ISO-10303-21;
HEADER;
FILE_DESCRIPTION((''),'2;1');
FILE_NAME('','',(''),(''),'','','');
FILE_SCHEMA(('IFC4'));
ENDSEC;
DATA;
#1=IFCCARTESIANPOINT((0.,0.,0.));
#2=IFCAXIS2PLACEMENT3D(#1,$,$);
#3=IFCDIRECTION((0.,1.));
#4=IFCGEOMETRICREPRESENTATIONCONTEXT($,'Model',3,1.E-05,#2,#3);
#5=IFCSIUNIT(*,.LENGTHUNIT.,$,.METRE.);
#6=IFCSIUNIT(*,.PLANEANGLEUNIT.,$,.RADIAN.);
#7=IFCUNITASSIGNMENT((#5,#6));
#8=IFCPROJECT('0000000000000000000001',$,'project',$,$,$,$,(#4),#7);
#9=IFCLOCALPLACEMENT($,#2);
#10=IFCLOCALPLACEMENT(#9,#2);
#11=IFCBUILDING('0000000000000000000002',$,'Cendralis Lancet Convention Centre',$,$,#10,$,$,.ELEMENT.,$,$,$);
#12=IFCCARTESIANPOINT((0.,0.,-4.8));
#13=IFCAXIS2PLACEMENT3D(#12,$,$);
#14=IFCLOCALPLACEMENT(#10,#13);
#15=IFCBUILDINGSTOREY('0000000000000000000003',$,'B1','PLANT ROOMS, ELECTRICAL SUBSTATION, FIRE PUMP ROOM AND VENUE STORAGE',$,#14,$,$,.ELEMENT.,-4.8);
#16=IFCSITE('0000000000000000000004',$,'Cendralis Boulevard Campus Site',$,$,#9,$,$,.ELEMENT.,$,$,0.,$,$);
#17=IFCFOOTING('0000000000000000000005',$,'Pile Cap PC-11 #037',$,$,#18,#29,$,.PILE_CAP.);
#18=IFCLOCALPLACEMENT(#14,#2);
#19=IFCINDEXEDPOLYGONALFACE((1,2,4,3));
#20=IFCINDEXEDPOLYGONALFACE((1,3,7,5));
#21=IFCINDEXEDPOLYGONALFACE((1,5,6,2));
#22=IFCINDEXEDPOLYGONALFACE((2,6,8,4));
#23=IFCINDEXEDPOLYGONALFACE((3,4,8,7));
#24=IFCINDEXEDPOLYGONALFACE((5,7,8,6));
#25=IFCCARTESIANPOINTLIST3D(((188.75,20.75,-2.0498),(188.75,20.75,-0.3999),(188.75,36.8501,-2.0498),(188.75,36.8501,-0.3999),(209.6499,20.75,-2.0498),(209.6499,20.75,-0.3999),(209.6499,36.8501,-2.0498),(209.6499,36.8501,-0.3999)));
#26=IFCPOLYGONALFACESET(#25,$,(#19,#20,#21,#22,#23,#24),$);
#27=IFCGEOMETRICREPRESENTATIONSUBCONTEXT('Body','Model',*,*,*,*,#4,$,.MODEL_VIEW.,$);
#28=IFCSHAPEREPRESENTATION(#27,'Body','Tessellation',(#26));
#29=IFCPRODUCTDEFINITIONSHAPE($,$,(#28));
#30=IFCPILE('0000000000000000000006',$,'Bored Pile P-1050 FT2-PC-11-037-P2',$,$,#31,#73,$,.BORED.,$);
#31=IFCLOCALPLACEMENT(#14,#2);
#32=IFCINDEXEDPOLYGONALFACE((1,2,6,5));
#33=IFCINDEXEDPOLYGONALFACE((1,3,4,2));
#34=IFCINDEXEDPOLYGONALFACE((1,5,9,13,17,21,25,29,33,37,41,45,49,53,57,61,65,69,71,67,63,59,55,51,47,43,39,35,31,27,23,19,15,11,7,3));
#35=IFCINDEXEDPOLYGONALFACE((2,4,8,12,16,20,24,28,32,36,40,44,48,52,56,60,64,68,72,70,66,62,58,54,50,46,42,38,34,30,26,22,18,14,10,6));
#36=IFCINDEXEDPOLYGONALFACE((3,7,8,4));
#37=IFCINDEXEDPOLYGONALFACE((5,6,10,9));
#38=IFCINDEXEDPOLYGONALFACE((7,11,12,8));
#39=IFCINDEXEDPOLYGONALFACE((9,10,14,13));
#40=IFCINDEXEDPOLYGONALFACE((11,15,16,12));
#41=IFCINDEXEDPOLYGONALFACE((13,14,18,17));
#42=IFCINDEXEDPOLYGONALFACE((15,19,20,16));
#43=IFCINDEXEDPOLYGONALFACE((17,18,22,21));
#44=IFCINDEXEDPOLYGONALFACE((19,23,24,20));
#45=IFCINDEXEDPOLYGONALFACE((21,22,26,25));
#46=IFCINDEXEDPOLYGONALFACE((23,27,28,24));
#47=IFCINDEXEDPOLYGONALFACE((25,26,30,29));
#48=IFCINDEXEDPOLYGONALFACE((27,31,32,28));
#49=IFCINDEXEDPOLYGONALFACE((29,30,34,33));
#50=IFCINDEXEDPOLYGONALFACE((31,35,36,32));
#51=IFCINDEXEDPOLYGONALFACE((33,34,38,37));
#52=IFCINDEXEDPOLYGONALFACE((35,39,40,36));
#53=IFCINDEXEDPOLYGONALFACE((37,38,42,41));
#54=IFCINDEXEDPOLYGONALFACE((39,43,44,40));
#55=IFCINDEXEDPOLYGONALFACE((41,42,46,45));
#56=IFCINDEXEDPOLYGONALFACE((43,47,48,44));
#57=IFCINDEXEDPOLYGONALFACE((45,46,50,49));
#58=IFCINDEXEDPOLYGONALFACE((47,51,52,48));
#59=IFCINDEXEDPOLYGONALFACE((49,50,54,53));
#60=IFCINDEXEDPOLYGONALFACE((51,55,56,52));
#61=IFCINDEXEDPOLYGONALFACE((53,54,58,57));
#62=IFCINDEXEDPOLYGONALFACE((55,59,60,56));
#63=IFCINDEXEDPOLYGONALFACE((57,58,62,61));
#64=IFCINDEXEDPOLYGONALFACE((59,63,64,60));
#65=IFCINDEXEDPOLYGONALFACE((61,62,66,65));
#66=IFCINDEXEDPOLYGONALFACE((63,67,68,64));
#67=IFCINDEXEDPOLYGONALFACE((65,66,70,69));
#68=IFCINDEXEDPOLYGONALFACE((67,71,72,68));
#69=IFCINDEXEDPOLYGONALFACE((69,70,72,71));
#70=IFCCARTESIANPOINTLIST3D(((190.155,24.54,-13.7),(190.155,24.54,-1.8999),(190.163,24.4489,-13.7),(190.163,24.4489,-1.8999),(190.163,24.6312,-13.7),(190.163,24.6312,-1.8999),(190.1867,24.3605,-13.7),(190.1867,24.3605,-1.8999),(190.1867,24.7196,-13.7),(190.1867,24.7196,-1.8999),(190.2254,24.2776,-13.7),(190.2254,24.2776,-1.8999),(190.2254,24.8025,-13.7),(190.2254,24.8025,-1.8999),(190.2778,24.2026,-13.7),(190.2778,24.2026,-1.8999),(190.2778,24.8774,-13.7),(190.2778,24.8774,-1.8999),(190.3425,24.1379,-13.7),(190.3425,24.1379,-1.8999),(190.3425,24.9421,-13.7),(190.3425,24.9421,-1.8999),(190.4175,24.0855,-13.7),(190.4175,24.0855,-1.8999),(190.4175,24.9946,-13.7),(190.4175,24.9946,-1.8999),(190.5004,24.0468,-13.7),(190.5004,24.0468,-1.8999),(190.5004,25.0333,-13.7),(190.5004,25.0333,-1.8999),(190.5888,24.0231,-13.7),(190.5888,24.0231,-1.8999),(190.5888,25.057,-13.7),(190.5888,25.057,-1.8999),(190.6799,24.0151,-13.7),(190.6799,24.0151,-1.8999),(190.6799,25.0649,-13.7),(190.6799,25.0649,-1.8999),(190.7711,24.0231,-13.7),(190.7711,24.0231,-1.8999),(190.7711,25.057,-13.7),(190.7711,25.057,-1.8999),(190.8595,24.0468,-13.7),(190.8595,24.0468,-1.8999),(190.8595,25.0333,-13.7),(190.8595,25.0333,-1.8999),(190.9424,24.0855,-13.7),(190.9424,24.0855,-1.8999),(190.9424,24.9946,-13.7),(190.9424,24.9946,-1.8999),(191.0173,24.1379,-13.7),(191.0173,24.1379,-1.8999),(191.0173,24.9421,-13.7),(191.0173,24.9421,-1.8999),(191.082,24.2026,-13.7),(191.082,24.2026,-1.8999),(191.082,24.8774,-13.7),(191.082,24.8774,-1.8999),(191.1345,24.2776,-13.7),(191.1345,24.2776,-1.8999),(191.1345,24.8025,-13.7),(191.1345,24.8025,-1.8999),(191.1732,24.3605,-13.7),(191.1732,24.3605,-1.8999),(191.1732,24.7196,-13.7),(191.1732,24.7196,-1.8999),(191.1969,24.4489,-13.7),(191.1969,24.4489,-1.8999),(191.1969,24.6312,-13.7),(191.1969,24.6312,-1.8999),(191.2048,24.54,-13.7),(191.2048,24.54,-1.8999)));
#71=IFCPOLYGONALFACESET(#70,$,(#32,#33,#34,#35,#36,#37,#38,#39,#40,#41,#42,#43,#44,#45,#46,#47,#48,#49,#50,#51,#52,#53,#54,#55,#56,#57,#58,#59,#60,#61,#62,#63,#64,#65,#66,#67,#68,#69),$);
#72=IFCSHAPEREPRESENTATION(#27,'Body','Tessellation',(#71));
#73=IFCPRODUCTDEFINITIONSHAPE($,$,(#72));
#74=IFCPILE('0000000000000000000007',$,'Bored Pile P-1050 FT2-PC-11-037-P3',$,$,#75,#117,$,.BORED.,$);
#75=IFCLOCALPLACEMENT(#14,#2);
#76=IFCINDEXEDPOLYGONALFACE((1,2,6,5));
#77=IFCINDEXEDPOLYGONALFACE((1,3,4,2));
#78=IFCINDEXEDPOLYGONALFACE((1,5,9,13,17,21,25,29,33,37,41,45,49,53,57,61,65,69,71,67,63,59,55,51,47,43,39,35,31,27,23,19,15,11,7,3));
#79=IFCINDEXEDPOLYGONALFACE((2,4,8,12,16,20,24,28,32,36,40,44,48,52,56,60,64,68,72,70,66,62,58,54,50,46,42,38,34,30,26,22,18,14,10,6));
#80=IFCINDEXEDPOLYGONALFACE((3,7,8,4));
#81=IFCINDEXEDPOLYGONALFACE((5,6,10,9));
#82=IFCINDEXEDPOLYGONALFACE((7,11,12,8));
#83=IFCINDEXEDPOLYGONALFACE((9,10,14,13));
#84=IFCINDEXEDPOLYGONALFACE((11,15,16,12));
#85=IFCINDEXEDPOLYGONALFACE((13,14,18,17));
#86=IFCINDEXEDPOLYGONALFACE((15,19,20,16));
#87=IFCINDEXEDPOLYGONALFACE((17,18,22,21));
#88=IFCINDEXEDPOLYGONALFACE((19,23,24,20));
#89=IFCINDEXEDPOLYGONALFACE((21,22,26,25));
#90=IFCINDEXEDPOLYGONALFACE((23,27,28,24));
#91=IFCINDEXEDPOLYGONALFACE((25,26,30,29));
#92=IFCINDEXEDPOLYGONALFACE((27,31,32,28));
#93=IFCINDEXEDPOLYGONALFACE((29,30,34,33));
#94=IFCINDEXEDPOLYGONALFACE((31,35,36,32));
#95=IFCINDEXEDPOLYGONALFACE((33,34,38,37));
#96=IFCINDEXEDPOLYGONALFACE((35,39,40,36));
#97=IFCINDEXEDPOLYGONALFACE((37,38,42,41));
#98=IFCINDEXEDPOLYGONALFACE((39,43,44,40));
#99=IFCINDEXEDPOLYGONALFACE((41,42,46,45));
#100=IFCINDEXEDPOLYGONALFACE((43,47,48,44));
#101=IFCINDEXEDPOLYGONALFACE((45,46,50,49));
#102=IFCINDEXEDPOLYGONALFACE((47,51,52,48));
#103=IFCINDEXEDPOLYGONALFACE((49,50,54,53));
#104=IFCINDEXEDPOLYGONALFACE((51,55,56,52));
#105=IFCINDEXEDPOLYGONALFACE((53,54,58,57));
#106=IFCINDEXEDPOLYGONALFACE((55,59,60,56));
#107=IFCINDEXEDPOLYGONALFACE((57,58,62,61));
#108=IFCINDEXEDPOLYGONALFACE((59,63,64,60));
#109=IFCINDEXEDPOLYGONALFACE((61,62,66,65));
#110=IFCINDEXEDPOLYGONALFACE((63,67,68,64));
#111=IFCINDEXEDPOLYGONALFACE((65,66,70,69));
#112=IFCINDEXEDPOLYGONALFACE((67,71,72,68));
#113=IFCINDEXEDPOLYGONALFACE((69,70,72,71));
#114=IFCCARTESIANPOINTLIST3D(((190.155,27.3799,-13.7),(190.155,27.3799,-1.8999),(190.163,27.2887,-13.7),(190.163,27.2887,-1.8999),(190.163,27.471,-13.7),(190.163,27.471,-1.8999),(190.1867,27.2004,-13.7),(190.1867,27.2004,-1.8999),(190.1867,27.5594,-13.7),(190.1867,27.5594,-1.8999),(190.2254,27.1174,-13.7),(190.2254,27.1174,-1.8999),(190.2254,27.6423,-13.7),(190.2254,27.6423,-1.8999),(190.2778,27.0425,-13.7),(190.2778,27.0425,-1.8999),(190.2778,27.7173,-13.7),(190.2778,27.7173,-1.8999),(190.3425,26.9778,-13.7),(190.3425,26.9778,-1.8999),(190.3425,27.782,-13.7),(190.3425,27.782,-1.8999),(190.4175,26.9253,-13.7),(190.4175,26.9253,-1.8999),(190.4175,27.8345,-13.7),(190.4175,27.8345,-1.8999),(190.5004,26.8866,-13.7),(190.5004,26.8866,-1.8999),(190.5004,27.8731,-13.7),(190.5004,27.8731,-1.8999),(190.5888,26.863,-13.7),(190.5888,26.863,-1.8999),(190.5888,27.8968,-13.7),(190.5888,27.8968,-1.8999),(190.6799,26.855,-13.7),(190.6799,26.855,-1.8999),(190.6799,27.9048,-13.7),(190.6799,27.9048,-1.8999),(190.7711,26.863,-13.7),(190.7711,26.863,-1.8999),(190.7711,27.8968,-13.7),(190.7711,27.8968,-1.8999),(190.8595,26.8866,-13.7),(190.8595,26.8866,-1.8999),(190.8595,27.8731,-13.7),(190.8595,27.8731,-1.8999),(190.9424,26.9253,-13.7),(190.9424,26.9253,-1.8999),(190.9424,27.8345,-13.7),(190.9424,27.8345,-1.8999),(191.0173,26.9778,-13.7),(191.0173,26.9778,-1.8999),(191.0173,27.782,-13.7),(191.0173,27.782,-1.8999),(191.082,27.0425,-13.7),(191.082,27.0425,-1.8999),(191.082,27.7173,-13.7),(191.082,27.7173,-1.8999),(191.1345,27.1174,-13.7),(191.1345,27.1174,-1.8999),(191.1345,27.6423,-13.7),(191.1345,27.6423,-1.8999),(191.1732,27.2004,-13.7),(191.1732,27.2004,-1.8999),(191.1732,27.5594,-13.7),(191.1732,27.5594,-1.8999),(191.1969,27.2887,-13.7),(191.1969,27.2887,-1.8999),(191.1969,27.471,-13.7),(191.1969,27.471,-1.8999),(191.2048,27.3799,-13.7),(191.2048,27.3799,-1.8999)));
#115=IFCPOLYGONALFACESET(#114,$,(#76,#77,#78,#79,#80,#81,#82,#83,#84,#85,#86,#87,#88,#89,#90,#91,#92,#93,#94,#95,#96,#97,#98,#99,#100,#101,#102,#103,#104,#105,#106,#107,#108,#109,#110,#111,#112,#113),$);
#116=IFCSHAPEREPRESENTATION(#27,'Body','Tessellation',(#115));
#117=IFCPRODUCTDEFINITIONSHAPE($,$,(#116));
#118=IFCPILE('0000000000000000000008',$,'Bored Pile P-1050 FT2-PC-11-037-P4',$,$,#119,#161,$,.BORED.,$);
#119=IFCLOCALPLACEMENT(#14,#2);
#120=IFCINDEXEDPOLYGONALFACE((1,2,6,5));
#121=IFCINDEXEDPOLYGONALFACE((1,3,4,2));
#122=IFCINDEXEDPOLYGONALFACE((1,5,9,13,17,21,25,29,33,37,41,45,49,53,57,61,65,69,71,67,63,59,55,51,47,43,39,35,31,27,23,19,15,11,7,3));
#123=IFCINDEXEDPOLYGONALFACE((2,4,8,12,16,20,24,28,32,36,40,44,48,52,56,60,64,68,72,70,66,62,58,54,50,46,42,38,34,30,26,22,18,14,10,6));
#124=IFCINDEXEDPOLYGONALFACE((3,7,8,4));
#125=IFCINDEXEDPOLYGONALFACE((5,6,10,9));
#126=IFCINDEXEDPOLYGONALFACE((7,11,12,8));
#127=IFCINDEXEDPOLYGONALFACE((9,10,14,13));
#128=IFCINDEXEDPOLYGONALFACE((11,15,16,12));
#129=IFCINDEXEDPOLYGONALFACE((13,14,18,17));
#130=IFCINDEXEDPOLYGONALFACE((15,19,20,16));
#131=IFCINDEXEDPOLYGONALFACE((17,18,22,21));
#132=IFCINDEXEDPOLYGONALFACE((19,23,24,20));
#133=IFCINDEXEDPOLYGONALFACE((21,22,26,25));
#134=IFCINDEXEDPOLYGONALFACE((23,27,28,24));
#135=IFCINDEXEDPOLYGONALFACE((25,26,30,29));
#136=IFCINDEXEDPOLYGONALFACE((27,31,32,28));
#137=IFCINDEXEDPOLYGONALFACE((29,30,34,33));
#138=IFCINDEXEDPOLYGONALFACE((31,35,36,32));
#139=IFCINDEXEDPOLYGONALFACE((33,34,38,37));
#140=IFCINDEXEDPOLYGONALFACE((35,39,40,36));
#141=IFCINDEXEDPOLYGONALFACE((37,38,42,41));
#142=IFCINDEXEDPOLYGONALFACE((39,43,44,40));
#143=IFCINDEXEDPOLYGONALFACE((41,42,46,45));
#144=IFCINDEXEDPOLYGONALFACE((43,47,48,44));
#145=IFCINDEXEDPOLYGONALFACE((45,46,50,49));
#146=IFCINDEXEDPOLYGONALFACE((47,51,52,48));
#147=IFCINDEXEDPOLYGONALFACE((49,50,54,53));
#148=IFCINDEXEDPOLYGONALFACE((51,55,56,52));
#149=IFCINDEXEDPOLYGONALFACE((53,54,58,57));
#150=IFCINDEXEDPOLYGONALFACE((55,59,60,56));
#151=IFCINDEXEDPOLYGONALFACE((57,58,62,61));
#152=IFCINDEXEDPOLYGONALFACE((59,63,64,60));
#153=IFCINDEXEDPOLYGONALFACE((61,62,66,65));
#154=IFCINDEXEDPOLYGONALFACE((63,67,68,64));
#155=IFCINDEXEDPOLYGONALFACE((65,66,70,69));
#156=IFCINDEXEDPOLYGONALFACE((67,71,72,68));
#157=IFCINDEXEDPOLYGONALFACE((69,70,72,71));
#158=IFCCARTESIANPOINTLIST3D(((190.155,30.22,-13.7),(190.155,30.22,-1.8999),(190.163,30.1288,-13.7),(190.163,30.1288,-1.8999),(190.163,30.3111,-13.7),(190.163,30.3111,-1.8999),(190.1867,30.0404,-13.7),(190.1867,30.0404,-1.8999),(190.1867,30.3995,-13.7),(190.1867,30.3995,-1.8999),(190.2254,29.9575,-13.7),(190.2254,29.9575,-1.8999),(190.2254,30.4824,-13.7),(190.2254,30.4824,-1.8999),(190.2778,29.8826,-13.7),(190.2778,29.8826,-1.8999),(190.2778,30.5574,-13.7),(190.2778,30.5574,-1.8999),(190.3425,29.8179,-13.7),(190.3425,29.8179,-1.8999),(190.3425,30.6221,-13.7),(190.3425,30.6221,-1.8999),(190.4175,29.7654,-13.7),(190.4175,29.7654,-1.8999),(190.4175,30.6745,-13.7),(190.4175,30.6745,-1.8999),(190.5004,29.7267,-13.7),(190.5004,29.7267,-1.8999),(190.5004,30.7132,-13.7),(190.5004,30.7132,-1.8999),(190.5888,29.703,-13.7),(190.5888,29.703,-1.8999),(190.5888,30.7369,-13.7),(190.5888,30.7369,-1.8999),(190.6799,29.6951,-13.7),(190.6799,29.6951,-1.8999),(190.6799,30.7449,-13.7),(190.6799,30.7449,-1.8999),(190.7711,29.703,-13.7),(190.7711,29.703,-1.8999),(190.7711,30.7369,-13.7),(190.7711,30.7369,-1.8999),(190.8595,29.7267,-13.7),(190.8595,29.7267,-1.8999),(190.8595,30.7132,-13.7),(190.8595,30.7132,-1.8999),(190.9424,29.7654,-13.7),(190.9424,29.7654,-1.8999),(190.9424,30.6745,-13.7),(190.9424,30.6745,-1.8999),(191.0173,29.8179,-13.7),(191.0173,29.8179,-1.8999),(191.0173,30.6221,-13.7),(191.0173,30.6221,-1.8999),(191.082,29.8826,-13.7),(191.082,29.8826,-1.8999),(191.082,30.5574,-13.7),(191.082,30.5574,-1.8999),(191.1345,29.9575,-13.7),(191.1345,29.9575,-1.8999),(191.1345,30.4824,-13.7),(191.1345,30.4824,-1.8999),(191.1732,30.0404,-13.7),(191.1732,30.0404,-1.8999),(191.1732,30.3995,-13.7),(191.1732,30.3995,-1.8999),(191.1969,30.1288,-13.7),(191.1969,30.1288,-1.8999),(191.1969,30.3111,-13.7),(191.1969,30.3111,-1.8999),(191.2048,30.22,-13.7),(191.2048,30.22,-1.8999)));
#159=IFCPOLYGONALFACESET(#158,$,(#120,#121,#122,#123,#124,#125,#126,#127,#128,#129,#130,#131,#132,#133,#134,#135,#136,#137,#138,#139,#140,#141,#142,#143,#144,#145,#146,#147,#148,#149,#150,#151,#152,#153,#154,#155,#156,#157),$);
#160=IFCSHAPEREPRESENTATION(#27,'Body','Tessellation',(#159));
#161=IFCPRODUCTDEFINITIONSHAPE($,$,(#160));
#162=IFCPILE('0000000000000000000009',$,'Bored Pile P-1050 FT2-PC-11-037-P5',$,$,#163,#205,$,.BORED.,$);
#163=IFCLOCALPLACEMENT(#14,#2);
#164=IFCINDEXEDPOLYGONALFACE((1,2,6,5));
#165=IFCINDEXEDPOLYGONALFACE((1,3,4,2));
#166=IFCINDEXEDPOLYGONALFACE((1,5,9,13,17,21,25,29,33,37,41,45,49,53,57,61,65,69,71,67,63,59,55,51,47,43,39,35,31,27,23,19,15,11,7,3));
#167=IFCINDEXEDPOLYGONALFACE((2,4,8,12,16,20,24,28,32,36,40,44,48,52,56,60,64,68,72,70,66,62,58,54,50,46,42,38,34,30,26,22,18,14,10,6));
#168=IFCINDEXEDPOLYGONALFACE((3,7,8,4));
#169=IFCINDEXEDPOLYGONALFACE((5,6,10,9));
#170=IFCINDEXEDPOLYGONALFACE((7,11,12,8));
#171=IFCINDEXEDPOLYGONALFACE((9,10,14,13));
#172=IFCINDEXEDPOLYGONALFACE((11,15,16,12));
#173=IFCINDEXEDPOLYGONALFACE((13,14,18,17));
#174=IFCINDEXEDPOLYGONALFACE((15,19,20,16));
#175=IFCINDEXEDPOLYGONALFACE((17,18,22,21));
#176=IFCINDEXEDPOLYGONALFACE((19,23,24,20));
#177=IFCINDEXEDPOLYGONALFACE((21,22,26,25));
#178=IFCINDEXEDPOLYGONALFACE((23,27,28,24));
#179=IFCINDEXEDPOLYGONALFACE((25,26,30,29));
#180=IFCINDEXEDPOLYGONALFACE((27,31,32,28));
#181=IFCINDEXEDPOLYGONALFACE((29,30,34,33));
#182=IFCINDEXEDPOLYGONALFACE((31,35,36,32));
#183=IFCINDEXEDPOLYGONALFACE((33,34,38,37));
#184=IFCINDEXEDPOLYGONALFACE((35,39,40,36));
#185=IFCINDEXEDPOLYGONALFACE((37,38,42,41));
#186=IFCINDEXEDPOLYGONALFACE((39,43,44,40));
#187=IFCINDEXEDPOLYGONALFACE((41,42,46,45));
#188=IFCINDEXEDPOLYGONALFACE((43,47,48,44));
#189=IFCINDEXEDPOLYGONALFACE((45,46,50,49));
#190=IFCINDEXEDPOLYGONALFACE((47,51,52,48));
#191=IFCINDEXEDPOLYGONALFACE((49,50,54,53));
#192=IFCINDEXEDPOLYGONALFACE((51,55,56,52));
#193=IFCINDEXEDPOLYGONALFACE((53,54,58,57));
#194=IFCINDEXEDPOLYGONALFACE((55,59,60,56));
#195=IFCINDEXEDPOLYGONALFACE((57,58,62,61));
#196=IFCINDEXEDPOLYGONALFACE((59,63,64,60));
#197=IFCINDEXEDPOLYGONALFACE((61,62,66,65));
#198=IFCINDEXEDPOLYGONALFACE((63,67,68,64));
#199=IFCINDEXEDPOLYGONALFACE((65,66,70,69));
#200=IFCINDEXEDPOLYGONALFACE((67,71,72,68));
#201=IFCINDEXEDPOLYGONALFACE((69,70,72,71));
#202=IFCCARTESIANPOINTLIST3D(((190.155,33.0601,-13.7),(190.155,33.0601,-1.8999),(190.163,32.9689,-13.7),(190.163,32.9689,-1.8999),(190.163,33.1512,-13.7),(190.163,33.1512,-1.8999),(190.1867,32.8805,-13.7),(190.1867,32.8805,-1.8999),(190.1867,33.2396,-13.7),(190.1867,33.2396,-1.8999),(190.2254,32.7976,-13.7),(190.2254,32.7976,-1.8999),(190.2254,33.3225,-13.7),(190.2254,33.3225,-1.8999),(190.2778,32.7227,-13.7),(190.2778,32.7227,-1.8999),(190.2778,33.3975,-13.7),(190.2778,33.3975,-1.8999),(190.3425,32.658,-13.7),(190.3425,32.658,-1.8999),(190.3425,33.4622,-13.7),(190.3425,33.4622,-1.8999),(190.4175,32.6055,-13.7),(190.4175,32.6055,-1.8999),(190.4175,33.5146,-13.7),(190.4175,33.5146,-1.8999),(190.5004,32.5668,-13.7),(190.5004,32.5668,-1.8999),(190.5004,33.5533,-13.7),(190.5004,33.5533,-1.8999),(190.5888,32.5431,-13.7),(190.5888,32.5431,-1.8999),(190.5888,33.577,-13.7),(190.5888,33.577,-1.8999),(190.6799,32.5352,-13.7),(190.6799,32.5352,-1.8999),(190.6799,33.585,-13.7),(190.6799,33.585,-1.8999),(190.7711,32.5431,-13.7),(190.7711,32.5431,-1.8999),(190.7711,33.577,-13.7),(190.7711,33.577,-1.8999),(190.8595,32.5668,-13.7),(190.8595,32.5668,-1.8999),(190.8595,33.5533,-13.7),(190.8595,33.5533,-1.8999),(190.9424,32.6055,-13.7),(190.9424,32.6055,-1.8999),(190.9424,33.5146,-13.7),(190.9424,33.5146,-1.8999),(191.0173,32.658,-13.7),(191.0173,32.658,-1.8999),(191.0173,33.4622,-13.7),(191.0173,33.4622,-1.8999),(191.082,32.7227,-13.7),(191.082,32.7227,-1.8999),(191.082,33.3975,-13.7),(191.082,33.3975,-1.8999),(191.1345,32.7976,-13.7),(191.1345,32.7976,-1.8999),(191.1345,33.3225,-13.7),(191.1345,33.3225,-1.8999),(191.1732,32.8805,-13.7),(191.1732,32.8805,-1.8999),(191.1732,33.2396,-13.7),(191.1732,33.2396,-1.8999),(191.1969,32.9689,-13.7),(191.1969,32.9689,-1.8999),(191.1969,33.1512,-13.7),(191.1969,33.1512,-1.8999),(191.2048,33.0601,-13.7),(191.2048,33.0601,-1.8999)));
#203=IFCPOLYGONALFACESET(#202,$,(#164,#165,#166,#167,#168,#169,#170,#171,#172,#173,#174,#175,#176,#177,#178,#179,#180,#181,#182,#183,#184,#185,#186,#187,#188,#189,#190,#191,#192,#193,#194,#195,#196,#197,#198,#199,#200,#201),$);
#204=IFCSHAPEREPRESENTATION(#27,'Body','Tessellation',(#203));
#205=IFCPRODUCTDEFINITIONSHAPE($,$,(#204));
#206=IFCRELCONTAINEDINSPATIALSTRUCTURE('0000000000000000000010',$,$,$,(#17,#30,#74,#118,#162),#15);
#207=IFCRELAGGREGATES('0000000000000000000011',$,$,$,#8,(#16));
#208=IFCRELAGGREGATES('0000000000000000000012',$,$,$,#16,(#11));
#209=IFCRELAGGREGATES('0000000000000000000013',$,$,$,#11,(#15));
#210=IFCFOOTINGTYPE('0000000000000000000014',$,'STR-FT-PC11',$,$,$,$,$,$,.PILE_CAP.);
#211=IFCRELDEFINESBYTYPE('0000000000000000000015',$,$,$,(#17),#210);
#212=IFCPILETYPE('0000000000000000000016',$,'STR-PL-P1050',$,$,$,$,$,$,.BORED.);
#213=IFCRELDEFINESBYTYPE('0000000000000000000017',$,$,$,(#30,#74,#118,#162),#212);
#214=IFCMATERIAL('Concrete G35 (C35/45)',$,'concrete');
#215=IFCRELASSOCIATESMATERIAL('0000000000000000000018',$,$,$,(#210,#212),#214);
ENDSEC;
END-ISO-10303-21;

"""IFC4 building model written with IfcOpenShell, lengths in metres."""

from ifc_helpers import new_model, si_unit, direction, frame, origin, origin_2d, place, context, subcontext, project, spatial, rectangle, circle, extrude, material, material_profile, profile_set, type_object, element, save


model = new_model("IFC4")

# Units and contexts
model_context = context("Model", 3, precision=1e-05, world=origin(), true_north=direction((0.0, 1.0)))
body_context = subcontext(model_context, "Body", "Model", "MODEL_VIEW")
ifc_project = project(units=[si_unit("LENGTHUNIT", "METRE"), si_unit("PLANEANGLEUNIT", "RADIAN")], contexts=[model_context])

# Site, building, storey
site_placement = place(None, origin())
site = spatial("IfcSite", under=ifc_project, at=site_placement, Name="Cendralis Boulevard Campus Site", CompositionType="ELEMENT", RefElevation=0.0)
building_placement = place(site_placement, origin())
building = spatial("IfcBuilding", under=site, at=building_placement, Name="Cendralis Lancet Convention Centre", CompositionType="ELEMENT")
storey_placement = place(building_placement, frame((0.0, 0.0, -4.8)))
storey = spatial("IfcBuildingStorey", under=building, at=storey_placement, Name="B1", Description="PLANT ROOMS, ELECTRICAL SUBSTATION, FIRE PUMP ROOM AND VENUE STORAGE", CompositionType="ELEMENT", Elevation=-4.8)

# Footing
ifc_material_1 = material(Name="Concrete G35 (C35/45)", Category="concrete")
footing_type = type_object("IfcFootingType", Name="STR-FT-PC11", PredefinedType="PILE_CAP", material=ifc_material_1)
footing_placement = place(storey_placement, frame((199.2, 28.8, -2.0498), z_axis=(0.0, 0.0, 1.0), x_axis=(1.0, 0.0, 0.0)))
element("IfcFooting", 1, at=footing_placement, inside=storey, type_object=footing_type, Name="Pile Cap PC-11 #037", PredefinedType="PILE_CAP", context=body_context, shape_type="SweptSolid", body=[
    extrude(rectangle(XDim=20.8999, YDim=16.1001, at=origin_2d()), origin(), (0.0, 0.0, 1.0), 1.6499),
])

# Piles
ifc_material_profile_1 = material_profile(ifc_material_1, circle(Radius=0.5249, at=origin_2d()), Name="BORED PILE D1050")
ifc_profile_set_1 = profile_set([ifc_material_profile_1], Name="Concrete G35 (C35/45)")
pile_type = type_object("IfcPileType", Name="STR-PL-P1050", PredefinedType="BORED", material=ifc_profile_set_1)
for number, where, z_axis, x_axis, name in (
    (2, (190.6799, 24.54, -1.8999), (0.0, 0.0, -1.0), (1.0, 0.0, 0.0), "Bored Pile P-1050 FT2-PC-11-037-P2"),
    (3, (190.6799, 27.3799, -1.8999), (0.0, 0.0, -1.0), (1.0, 0.0, 0.0), "Bored Pile P-1050 FT2-PC-11-037-P3"),
    (4, (190.6799, 30.22, -1.8999), (0.0, 0.0, -1.0), (1.0, 0.0, 0.0), "Bored Pile P-1050 FT2-PC-11-037-P4"),
    (5, (190.6799, 33.0601, -1.8999), (0.0, 0.0, -1.0), (1.0, 0.0, 0.0), "Bored Pile P-1050 FT2-PC-11-037-P5"),
):
    element("IfcPile", number, at=place(storey_placement, frame(where, z_axis=z_axis, x_axis=x_axis)), inside=storey, type_object=pile_type, Name=name, PredefinedType="BORED", context=body_context, shape_type="SweptSolid", body=[
        extrude(circle(Radius=0.5249, at=origin_2d()), origin(), (0.0, 0.0, 1.0), 11.8),
    ])

save(model, "model.ifc")
